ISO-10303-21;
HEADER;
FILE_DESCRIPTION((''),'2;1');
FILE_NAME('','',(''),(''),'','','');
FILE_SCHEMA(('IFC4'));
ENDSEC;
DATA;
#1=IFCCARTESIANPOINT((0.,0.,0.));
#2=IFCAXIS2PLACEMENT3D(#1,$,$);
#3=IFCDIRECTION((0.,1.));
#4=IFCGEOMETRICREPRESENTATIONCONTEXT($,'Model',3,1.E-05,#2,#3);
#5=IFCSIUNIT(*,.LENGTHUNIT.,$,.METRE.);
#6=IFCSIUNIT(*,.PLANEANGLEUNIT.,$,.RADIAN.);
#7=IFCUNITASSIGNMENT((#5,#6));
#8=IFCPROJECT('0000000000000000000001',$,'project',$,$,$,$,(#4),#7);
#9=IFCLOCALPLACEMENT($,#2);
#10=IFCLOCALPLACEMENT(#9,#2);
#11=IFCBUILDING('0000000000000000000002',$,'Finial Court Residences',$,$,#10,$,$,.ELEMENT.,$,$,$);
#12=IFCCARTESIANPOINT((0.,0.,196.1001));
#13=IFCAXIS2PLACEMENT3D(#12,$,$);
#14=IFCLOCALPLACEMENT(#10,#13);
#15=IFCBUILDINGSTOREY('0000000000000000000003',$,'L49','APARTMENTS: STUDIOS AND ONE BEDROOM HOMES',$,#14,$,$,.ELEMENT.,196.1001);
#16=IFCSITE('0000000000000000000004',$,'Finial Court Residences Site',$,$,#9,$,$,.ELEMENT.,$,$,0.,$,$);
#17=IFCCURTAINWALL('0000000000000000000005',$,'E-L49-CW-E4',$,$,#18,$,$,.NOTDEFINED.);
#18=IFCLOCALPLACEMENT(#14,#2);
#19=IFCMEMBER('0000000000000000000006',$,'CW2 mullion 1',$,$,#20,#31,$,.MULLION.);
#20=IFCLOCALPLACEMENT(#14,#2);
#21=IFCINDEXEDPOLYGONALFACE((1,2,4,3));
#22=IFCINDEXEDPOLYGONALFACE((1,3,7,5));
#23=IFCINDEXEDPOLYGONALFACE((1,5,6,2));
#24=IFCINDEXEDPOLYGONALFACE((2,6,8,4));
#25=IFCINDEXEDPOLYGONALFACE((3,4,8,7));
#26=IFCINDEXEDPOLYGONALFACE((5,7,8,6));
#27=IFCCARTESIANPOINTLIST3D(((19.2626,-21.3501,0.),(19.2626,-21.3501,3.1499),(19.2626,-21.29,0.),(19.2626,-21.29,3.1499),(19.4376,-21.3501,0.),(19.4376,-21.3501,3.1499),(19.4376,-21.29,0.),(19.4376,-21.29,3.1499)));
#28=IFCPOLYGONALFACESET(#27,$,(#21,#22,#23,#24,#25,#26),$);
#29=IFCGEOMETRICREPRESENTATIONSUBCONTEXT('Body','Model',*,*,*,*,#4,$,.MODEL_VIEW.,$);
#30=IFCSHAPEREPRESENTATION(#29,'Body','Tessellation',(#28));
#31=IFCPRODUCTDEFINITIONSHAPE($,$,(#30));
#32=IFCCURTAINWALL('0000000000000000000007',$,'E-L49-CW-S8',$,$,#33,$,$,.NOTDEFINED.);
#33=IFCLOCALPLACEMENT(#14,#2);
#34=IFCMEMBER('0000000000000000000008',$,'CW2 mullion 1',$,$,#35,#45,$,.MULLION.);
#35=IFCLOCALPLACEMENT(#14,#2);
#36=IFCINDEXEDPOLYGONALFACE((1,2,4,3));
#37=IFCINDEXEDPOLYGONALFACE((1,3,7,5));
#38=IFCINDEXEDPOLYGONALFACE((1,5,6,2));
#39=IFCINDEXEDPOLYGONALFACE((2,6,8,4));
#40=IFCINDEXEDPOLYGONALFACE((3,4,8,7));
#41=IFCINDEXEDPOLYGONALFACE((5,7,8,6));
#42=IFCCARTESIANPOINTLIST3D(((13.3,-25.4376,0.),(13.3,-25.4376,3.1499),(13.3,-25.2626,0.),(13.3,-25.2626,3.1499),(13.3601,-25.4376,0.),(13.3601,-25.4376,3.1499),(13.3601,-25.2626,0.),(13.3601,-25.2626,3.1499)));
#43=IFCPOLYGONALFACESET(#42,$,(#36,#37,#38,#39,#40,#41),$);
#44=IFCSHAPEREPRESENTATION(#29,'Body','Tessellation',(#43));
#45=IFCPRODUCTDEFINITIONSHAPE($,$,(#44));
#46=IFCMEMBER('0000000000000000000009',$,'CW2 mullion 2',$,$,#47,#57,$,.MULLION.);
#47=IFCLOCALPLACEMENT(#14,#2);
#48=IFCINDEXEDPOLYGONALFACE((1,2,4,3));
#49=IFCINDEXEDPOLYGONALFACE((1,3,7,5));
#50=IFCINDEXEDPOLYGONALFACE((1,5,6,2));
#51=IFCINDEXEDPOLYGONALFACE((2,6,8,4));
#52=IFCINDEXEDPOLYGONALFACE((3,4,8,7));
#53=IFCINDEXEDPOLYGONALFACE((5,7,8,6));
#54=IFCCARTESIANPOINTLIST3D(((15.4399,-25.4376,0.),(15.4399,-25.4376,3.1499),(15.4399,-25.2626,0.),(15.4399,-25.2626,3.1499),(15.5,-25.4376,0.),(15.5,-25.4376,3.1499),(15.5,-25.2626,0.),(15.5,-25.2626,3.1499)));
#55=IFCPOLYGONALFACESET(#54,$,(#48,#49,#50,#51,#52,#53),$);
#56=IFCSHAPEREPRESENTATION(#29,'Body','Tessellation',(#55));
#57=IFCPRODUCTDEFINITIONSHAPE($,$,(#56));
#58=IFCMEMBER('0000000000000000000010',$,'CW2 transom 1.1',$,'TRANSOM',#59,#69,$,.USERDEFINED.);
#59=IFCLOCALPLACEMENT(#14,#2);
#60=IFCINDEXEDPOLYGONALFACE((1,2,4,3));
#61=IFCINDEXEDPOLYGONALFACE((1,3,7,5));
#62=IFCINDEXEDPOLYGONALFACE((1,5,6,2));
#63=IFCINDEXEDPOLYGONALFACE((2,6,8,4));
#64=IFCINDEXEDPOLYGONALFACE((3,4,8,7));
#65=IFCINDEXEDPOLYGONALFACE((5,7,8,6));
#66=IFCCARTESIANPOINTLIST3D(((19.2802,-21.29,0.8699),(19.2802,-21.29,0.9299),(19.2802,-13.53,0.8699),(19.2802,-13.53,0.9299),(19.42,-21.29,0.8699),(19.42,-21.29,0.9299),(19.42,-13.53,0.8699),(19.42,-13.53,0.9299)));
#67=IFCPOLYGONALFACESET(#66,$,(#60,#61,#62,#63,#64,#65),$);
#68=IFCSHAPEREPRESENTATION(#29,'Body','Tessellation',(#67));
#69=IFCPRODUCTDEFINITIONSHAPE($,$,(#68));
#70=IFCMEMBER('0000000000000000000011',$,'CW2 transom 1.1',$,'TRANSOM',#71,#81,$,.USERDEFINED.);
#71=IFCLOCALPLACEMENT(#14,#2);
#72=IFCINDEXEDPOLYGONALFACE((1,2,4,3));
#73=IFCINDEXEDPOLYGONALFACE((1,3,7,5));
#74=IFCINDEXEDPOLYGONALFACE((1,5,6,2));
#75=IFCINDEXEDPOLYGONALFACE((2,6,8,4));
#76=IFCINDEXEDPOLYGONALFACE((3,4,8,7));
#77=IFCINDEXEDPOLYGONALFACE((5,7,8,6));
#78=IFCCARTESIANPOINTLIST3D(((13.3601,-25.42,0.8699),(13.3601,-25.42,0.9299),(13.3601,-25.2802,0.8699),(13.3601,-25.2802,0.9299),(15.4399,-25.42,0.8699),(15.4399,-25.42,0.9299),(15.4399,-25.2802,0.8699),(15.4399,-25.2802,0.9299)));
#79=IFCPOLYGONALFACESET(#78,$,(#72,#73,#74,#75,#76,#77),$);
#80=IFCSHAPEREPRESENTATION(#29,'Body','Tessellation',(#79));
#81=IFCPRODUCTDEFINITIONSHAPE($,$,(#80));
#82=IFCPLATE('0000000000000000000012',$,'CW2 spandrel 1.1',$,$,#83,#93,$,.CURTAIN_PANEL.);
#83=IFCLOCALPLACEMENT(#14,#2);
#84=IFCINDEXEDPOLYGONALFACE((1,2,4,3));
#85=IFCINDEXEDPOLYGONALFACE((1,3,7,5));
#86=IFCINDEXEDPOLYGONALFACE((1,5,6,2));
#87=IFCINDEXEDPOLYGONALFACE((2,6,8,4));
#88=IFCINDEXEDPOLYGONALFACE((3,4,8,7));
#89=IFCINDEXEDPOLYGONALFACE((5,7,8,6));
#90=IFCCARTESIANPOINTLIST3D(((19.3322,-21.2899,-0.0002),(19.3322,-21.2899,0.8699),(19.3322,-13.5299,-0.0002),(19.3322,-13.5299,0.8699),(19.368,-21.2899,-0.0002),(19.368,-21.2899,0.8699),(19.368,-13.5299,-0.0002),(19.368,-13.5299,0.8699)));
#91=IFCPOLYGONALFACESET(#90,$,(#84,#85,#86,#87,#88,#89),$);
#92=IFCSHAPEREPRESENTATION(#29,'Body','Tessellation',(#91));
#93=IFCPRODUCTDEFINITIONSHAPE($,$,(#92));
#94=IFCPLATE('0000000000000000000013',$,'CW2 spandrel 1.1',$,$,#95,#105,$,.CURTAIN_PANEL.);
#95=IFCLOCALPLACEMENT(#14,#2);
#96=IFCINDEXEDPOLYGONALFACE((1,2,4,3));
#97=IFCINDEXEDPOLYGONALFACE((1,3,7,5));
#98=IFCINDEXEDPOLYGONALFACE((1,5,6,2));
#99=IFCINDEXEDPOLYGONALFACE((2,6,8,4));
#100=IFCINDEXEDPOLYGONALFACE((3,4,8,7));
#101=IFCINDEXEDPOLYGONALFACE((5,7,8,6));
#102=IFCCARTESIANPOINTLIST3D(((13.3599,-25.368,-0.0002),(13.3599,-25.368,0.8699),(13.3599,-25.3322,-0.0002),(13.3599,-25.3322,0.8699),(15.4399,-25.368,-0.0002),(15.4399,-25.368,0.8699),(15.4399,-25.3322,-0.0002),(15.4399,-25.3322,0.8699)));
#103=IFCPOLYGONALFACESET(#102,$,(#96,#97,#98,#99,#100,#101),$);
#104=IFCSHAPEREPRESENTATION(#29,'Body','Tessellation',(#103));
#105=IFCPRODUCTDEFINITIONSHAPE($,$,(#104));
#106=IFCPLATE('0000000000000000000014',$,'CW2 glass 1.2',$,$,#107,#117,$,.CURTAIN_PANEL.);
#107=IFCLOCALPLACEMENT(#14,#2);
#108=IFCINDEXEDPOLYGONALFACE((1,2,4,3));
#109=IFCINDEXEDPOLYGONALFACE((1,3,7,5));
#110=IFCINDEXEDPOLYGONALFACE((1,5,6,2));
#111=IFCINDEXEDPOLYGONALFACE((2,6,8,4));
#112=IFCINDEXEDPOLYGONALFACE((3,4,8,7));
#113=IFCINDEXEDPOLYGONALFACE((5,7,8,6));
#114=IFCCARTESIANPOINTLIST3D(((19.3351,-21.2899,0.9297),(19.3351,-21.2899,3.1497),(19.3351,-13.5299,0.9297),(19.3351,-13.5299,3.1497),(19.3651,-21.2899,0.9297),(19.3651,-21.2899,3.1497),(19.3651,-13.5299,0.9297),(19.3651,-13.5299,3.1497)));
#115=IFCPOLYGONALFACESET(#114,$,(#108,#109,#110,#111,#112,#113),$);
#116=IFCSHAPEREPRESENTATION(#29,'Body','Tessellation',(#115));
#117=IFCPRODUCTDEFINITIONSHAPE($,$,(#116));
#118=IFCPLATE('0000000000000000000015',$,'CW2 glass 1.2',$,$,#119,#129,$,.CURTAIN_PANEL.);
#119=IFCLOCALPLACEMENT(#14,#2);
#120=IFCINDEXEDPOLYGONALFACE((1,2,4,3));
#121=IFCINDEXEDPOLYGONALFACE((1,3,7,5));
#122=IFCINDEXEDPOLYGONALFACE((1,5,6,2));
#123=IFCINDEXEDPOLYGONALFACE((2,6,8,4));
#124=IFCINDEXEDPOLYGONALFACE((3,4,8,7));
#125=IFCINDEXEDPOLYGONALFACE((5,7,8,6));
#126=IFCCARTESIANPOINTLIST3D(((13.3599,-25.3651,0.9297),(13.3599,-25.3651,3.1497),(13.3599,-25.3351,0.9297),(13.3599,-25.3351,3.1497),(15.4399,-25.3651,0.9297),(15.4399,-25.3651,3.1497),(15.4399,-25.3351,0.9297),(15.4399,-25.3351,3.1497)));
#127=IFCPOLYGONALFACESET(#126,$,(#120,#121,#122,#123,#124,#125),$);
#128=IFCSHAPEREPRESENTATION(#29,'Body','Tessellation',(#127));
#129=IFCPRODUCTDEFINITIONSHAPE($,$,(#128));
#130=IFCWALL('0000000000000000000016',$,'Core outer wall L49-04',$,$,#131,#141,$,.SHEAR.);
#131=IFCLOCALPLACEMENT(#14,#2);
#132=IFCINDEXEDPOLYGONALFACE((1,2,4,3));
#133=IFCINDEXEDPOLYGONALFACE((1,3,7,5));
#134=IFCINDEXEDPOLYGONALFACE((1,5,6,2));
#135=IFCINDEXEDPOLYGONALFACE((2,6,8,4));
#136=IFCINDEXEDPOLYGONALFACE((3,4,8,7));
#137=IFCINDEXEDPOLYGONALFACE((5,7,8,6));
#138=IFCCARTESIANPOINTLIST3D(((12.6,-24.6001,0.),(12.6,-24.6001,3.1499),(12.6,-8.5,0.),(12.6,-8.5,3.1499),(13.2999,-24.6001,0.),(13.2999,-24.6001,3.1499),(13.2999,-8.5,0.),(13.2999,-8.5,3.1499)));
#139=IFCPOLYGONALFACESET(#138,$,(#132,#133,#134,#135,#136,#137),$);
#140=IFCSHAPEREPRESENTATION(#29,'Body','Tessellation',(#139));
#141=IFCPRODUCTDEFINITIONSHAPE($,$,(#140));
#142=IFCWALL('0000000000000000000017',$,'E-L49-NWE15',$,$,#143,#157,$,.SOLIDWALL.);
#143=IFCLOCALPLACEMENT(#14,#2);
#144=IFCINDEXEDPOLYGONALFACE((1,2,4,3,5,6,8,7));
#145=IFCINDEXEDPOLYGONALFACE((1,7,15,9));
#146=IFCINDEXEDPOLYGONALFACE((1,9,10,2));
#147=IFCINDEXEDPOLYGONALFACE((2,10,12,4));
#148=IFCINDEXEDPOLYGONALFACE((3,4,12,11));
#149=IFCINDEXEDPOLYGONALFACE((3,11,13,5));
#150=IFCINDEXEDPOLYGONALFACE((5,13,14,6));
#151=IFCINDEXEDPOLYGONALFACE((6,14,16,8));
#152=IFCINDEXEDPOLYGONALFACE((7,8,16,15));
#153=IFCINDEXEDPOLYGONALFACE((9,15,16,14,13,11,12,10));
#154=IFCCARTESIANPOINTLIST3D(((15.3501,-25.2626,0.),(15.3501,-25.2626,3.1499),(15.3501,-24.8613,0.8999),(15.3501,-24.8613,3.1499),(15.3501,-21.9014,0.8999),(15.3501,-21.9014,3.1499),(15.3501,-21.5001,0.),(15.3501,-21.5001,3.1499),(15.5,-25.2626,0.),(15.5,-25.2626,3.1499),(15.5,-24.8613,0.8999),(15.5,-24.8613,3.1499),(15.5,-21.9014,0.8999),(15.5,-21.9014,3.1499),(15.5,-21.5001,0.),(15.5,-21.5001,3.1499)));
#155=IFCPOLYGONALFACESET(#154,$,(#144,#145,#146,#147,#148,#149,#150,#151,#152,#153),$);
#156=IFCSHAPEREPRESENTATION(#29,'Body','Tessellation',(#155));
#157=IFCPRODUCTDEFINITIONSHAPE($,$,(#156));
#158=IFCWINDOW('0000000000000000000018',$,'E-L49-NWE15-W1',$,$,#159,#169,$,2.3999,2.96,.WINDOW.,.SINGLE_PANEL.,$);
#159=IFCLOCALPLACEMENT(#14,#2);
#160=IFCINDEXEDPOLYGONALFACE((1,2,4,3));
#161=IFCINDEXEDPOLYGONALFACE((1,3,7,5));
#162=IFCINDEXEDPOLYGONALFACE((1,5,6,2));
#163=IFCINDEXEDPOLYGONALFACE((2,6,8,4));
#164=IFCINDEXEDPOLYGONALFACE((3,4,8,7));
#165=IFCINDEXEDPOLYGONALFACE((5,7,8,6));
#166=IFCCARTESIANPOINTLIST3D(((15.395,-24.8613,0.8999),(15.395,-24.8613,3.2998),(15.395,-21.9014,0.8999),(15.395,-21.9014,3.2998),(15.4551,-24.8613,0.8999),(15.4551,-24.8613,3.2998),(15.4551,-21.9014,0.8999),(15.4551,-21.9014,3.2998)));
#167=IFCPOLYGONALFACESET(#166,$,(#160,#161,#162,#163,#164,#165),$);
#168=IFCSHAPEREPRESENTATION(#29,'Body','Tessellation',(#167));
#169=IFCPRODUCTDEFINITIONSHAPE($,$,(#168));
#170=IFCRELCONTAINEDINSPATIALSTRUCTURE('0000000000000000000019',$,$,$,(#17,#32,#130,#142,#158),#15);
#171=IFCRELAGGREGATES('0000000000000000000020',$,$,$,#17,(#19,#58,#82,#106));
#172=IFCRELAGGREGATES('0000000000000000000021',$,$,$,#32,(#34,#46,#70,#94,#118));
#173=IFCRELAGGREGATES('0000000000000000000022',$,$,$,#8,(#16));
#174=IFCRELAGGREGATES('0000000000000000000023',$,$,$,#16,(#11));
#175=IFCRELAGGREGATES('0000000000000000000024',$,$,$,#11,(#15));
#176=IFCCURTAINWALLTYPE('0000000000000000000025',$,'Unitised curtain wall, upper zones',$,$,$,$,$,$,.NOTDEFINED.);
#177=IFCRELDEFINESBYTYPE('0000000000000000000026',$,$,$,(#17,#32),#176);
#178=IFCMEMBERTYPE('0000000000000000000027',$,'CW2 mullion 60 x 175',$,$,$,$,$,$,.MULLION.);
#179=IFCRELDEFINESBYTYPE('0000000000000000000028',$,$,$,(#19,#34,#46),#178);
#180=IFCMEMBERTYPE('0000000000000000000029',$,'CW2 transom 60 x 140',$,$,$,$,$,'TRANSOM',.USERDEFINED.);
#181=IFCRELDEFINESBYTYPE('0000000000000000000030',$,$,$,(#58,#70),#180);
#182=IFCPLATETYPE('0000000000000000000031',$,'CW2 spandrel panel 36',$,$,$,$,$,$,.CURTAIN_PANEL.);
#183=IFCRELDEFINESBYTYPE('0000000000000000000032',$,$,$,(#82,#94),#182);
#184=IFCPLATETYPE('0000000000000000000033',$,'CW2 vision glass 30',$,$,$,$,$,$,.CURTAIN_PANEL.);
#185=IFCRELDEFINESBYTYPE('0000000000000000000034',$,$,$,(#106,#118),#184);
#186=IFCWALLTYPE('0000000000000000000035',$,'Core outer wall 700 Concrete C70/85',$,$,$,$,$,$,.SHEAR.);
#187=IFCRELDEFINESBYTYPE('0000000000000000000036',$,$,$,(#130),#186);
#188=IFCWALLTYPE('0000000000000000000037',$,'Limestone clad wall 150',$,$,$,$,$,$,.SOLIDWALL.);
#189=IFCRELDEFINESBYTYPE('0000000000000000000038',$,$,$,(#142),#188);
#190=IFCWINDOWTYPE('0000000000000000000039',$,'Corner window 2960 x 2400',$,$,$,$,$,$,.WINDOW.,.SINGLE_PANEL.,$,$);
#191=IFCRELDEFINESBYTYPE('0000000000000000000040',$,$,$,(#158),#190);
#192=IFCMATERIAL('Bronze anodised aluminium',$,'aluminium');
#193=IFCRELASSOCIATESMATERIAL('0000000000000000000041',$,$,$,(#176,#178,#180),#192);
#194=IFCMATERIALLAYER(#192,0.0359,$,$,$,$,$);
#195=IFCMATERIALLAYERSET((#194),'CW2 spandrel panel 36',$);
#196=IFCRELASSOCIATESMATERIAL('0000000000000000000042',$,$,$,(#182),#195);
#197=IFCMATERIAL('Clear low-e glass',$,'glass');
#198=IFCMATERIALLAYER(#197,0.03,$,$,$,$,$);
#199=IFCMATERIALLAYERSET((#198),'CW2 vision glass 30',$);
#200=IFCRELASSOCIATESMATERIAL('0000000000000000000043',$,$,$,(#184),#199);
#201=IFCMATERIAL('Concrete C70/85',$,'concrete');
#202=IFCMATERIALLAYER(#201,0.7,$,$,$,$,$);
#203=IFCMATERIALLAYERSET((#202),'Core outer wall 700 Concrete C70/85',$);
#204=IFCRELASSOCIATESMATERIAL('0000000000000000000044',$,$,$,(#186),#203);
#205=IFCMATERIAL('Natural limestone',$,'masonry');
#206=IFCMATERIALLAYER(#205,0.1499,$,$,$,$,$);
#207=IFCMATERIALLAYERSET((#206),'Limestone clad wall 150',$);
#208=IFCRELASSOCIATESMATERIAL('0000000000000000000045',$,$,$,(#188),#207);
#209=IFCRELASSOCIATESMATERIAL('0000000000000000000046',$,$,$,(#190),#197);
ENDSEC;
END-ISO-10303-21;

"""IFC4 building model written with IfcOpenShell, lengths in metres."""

from ifc_helpers import new_model, si_unit, direction, frame, frame_2d, origin, origin_2d, place, context, subcontext, project, spatial, rectangle, extrude, material, layer, layer_set, material_profile, profile_set, type_object, element, fill, aggregate, save


model = new_model("IFC4")

# Units and contexts
model_context = context("Model", 3, precision=1e-05, world=origin(), true_north=direction((0.0, 1.0)))
body_context = subcontext(model_context, "Body", "Model", "MODEL_VIEW")
ifc_project = project(units=[si_unit("LENGTHUNIT", "METRE"), si_unit("PLANEANGLEUNIT", "RADIAN")], contexts=[model_context])

# Site, building, storey
site_placement = place(None, origin())
site = spatial("IfcSite", under=ifc_project, at=site_placement, Name="Finial Court Residences Site", CompositionType="ELEMENT", RefElevation=0.0)
building_placement = place(site_placement, origin())
building = spatial("IfcBuilding", under=site, at=building_placement, Name="Finial Court Residences", CompositionType="ELEMENT")
storey_placement = place(building_placement, frame((0.0, 0.0, 196.1001)))
storey = spatial("IfcBuildingStorey", under=building, at=storey_placement, Name="L49", Description="APARTMENTS: STUDIOS AND ONE BEDROOM HOMES", CompositionType="ELEMENT", Elevation=196.1001)

# Curtain wall, member
ifc_material_1 = material(Name="Bronze anodised aluminium", Category="aluminium")
curtain_wall_type = type_object("IfcCurtainWallType", Name="Unitised curtain wall, upper zones", PredefinedType="NOTDEFINED", material=ifc_material_1)
curtain_wall_1_placement = place(storey_placement, origin())
curtain_wall_1 = element("IfcCurtainWall", 1, at=curtain_wall_1_placement, inside=storey, type_object=curtain_wall_type, Name="E-L49-CW-E4", PredefinedType="NOTDEFINED")
ifc_material_profile_1 = material_profile(ifc_material_1, rectangle(XDim=0.175, YDim=0.0601, at=origin_2d()), Name="CW2 mullion 60 x 175")
ifc_profile_set_1 = profile_set([ifc_material_profile_1], Name="Bronze anodised aluminium")
member_type_1 = type_object("IfcMemberType", Name="CW2 mullion 60 x 175", PredefinedType="MULLION", material=ifc_profile_set_1)
member_1_placement = place(storey_placement, frame((19.3501, -21.3201, 0.0), z_axis=(0.0, 0.0, 1.0), x_axis=(-1.0, 0.0, 0.0)))
member_1 = element("IfcMember", 2, at=member_1_placement, type_object=member_type_1, Name="CW2 mullion 1", PredefinedType="MULLION", context=body_context, shape_type="SweptSolid", body=[
    extrude(rectangle(XDim=0.175, YDim=0.0601, at=origin_2d()), origin(), (0.0, 0.0, 1.0), 3.1499),
])

# Curtain wall, members
curtain_wall_2_placement = place(storey_placement, origin())
curtain_wall_2 = element("IfcCurtainWall", 3, at=curtain_wall_2_placement, inside=storey, type_object=curtain_wall_type, Name="E-L49-CW-S8", PredefinedType="NOTDEFINED")
member_2_placement = place(storey_placement, frame((13.3301, -25.3501, 0.0), z_axis=(0.0, 0.0, 1.0), x_axis=(0.0, 1.0, 0.0)))
member_2 = element("IfcMember", 4, at=member_2_placement, type_object=member_type_1, Name="CW2 mullion 1", PredefinedType="MULLION", context=body_context, shape_type="SweptSolid", body=[
    extrude(rectangle(XDim=0.175, YDim=0.0601, at=origin_2d()), origin(), (0.0, 0.0, 1.0), 3.1499),
])
member_3_placement = place(storey_placement, frame((15.47, -25.3501, 0.0), z_axis=(0.0, 0.0, 1.0), x_axis=(0.0, 1.0, 0.0)))
member_3 = element("IfcMember", 5, at=member_3_placement, type_object=member_type_1, Name="CW2 mullion 2", PredefinedType="MULLION", context=body_context, shape_type="SweptSolid", body=[
    extrude(rectangle(XDim=0.175, YDim=0.0601, at=origin_2d()), origin(), (0.0, 0.0, 1.0), 3.1499),
])

# Members
ifc_material_profile_2 = material_profile(ifc_material_1, rectangle(XDim=0.1399, YDim=0.0601, at=origin_2d()), Name="CW2 transom 60 x 140")
ifc_profile_set_2 = profile_set([ifc_material_profile_2], Name="Bronze anodised aluminium")
member_type_2 = type_object("IfcMemberType", Name="CW2 transom 60 x 140", ElementType="TRANSOM", PredefinedType="USERDEFINED", material=ifc_profile_set_2)
member_4_placement = place(storey_placement, frame((19.3501, -21.29, 0.8999), z_axis=(0.0, 1.0, 0.0), x_axis=(-1.0, 0.0, 0.0)))
member_4 = element("IfcMember", 6, at=member_4_placement, type_object=member_type_2, Name="CW2 transom 1.1", ObjectType="TRANSOM", PredefinedType="USERDEFINED", context=body_context, shape_type="SweptSolid", body=[
    extrude(rectangle(XDim=0.1399, YDim=0.0601, at=origin_2d()), origin(), (0.0, 0.0, 1.0), 7.76),
])
member_5_placement = place(storey_placement, frame((13.3601, -25.3501, 0.8999), z_axis=(1.0, 0.0, 0.0), x_axis=(0.0, 1.0, 0.0)))
member_5 = element("IfcMember", 7, at=member_5_placement, type_object=member_type_2, Name="CW2 transom 1.1", ObjectType="TRANSOM", PredefinedType="USERDEFINED", context=body_context, shape_type="SweptSolid", body=[
    extrude(rectangle(XDim=0.1399, YDim=0.0601, at=origin_2d()), origin(), (0.0, 0.0, 1.0), 2.0798),
])

# Plates
ifc_layer_1 = layer(ifc_material_1, 0.0359)
ifc_layer_set_1 = layer_set([ifc_layer_1], Name="CW2 spandrel panel 36")
plate_type_1 = type_object("IfcPlateType", Name="CW2 spandrel panel 36", PredefinedType="CURTAIN_PANEL", material=ifc_layer_set_1)
plate_1_placement = place(storey_placement, frame((19.3501, -17.4099, -0.0002), z_axis=(0.0, 0.0, 1.0), x_axis=(0.0, 1.0, 0.0)))
plate_1 = element("IfcPlate", 8, at=plate_1_placement, type_object=plate_type_1, Name="CW2 spandrel 1.1", PredefinedType="CURTAIN_PANEL", context=body_context, shape_type="SweptSolid", body=[
    extrude(rectangle(XDim=7.76, YDim=0.0359, at=origin_2d()), origin(), (0.0, 0.0, 1.0), 0.8701),
])
plate_2_placement = place(storey_placement, frame((14.3999, -25.3501, -0.0002), z_axis=(0.0, 0.0, 1.0), x_axis=(1.0, 0.0, 0.0)))
plate_2 = element("IfcPlate", 9, at=plate_2_placement, type_object=plate_type_1, Name="CW2 spandrel 1.1", PredefinedType="CURTAIN_PANEL", context=body_context, shape_type="SweptSolid", body=[
    extrude(rectangle(XDim=2.0801, YDim=0.0359, at=origin_2d()), origin(), (0.0, 0.0, 1.0), 0.8701),
])
ifc_material_2 = material(Name="Clear low-e glass", Category="glass")
ifc_layer_2 = layer(ifc_material_2, 0.03)
ifc_layer_set_2 = layer_set([ifc_layer_2], Name="CW2 vision glass 30")
plate_type_2 = type_object("IfcPlateType", Name="CW2 vision glass 30", PredefinedType="CURTAIN_PANEL", material=ifc_layer_set_2)
plate_3_placement = place(storey_placement, frame((19.3501, -17.4099, 0.9297), z_axis=(0.0, 0.0, 1.0), x_axis=(0.0, 1.0, 0.0)))
plate_3 = element("IfcPlate", 10, at=plate_3_placement, type_object=plate_type_2, Name="CW2 glass 1.2", PredefinedType="CURTAIN_PANEL", context=body_context, shape_type="SweptSolid", body=[
    extrude(rectangle(XDim=7.76, YDim=0.03, at=origin_2d()), origin(), (0.0, 0.0, 1.0), 2.22),
])
aggregate(curtain_wall_1, [member_1, member_4, plate_1, plate_3])
plate_4_placement = place(storey_placement, frame((14.3999, -25.3501, 0.9297), z_axis=(0.0, 0.0, 1.0), x_axis=(1.0, 0.0, 0.0)))
plate_4 = element("IfcPlate", 11, at=plate_4_placement, type_object=plate_type_2, Name="CW2 glass 1.2", PredefinedType="CURTAIN_PANEL", context=body_context, shape_type="SweptSolid", body=[
    extrude(rectangle(XDim=2.0801, YDim=0.03, at=origin_2d()), origin(), (0.0, 0.0, 1.0), 2.22),
])
aggregate(curtain_wall_2, [member_2, member_3, member_5, plate_2, plate_4])

# Wall
ifc_material_3 = material(Name="Concrete C70/85", Category="concrete")
ifc_layer_3 = layer(ifc_material_3, 0.7)
ifc_layer_set_3 = layer_set([ifc_layer_3], Name="Core outer wall 700 Concrete C70/85")
wall_type_1 = type_object("IfcWallType", Name="Core outer wall 700 Concrete C70/85", PredefinedType="SHEAR", material=ifc_layer_set_3)
wall_1_placement = place(storey_placement, frame((12.95, -24.6001, 0.0), z_axis=(0.0, 0.0, 1.0), x_axis=(0.0, 1.0, 0.0)))
element("IfcWall", 12, at=wall_1_placement, inside=storey, type_object=wall_type_1, Name="Core outer wall L49-04", PredefinedType="SHEAR", context=body_context, shape_type="SweptSolid", body=[
    extrude(rectangle(XDim=16.1001, YDim=0.7, at=frame_2d((8.05, 0.0))), origin(), (0.0, 0.0, 1.0), 3.1499),
])

# Wall, opening, window
ifc_material_4 = material(Name="Natural limestone", Category="masonry")
ifc_layer_4 = layer(ifc_material_4, 0.1499)
ifc_layer_set_4 = layer_set([ifc_layer_4], Name="Limestone clad wall 150")
wall_type_2 = type_object("IfcWallType", Name="Limestone clad wall 150", PredefinedType="SOLIDWALL", material=ifc_layer_set_4)
wall_2_placement = place(storey_placement, frame((15.425, -21.5, 0.0), z_axis=(0.0, 0.0, 1.0), x_axis=(0.0, -1.0, 0.0)))
wall_2 = element("IfcWall", 13, at=wall_2_placement, inside=storey, type_object=wall_type_2, Name="E-L49-NWE15", PredefinedType="SOLIDWALL", context=body_context, shape_type="SweptSolid", body=[
    extrude(rectangle(XDim=3.7625, YDim=0.1499, at=frame_2d((1.8813, 0.0))), origin(), (0.0, 0.0, 1.0), 3.1499),
])
opening_1_placement = place(wall_2_placement, frame((0.4014, 0.0, 0.8999)))
opening_1 = element("IfcOpeningElement", 14, at=opening_1_placement, cuts=wall_2, PredefinedType="OPENING", context=body_context, shape_type="SweptSolid", body=[
    extrude(rectangle(XDim=2.96, YDim=2.3999, at=frame_2d((1.48, 1.2))), frame((0.0, 0.085, 0.0), z_axis=(0.0, -1.0, 0.0), x_axis=(1.0, 0.0, 0.0)), (0.0, 0.0, 1.0), 0.1699),
])
window_type_1 = type_object("IfcWindowType", Name="Corner window 2960 x 2400", PartitioningType="SINGLE_PANEL", PredefinedType="WINDOW", material=ifc_material_2)
window_1_placement = place(opening_1_placement, origin())
window_1 = element("IfcWindow", 15, at=window_1_placement, inside=storey, type_object=window_type_1, Name="E-L49-NWE15-W1", OverallHeight=2.3999, OverallWidth=2.96, PartitioningType="SINGLE_PANEL", PredefinedType="WINDOW", context=body_context, shape_type="SweptSolid", body=[
    extrude(rectangle(XDim=2.96, YDim=2.3999, at=frame_2d((1.48, 1.2))), frame((0.0, 0.03, 0.0), z_axis=(0.0, -1.0, 0.0), x_axis=(1.0, 0.0, 0.0)), (0.0, 0.0, 1.0), 0.0601),
])
fill(opening_1, window_1)

save(model, "model.ifc")
